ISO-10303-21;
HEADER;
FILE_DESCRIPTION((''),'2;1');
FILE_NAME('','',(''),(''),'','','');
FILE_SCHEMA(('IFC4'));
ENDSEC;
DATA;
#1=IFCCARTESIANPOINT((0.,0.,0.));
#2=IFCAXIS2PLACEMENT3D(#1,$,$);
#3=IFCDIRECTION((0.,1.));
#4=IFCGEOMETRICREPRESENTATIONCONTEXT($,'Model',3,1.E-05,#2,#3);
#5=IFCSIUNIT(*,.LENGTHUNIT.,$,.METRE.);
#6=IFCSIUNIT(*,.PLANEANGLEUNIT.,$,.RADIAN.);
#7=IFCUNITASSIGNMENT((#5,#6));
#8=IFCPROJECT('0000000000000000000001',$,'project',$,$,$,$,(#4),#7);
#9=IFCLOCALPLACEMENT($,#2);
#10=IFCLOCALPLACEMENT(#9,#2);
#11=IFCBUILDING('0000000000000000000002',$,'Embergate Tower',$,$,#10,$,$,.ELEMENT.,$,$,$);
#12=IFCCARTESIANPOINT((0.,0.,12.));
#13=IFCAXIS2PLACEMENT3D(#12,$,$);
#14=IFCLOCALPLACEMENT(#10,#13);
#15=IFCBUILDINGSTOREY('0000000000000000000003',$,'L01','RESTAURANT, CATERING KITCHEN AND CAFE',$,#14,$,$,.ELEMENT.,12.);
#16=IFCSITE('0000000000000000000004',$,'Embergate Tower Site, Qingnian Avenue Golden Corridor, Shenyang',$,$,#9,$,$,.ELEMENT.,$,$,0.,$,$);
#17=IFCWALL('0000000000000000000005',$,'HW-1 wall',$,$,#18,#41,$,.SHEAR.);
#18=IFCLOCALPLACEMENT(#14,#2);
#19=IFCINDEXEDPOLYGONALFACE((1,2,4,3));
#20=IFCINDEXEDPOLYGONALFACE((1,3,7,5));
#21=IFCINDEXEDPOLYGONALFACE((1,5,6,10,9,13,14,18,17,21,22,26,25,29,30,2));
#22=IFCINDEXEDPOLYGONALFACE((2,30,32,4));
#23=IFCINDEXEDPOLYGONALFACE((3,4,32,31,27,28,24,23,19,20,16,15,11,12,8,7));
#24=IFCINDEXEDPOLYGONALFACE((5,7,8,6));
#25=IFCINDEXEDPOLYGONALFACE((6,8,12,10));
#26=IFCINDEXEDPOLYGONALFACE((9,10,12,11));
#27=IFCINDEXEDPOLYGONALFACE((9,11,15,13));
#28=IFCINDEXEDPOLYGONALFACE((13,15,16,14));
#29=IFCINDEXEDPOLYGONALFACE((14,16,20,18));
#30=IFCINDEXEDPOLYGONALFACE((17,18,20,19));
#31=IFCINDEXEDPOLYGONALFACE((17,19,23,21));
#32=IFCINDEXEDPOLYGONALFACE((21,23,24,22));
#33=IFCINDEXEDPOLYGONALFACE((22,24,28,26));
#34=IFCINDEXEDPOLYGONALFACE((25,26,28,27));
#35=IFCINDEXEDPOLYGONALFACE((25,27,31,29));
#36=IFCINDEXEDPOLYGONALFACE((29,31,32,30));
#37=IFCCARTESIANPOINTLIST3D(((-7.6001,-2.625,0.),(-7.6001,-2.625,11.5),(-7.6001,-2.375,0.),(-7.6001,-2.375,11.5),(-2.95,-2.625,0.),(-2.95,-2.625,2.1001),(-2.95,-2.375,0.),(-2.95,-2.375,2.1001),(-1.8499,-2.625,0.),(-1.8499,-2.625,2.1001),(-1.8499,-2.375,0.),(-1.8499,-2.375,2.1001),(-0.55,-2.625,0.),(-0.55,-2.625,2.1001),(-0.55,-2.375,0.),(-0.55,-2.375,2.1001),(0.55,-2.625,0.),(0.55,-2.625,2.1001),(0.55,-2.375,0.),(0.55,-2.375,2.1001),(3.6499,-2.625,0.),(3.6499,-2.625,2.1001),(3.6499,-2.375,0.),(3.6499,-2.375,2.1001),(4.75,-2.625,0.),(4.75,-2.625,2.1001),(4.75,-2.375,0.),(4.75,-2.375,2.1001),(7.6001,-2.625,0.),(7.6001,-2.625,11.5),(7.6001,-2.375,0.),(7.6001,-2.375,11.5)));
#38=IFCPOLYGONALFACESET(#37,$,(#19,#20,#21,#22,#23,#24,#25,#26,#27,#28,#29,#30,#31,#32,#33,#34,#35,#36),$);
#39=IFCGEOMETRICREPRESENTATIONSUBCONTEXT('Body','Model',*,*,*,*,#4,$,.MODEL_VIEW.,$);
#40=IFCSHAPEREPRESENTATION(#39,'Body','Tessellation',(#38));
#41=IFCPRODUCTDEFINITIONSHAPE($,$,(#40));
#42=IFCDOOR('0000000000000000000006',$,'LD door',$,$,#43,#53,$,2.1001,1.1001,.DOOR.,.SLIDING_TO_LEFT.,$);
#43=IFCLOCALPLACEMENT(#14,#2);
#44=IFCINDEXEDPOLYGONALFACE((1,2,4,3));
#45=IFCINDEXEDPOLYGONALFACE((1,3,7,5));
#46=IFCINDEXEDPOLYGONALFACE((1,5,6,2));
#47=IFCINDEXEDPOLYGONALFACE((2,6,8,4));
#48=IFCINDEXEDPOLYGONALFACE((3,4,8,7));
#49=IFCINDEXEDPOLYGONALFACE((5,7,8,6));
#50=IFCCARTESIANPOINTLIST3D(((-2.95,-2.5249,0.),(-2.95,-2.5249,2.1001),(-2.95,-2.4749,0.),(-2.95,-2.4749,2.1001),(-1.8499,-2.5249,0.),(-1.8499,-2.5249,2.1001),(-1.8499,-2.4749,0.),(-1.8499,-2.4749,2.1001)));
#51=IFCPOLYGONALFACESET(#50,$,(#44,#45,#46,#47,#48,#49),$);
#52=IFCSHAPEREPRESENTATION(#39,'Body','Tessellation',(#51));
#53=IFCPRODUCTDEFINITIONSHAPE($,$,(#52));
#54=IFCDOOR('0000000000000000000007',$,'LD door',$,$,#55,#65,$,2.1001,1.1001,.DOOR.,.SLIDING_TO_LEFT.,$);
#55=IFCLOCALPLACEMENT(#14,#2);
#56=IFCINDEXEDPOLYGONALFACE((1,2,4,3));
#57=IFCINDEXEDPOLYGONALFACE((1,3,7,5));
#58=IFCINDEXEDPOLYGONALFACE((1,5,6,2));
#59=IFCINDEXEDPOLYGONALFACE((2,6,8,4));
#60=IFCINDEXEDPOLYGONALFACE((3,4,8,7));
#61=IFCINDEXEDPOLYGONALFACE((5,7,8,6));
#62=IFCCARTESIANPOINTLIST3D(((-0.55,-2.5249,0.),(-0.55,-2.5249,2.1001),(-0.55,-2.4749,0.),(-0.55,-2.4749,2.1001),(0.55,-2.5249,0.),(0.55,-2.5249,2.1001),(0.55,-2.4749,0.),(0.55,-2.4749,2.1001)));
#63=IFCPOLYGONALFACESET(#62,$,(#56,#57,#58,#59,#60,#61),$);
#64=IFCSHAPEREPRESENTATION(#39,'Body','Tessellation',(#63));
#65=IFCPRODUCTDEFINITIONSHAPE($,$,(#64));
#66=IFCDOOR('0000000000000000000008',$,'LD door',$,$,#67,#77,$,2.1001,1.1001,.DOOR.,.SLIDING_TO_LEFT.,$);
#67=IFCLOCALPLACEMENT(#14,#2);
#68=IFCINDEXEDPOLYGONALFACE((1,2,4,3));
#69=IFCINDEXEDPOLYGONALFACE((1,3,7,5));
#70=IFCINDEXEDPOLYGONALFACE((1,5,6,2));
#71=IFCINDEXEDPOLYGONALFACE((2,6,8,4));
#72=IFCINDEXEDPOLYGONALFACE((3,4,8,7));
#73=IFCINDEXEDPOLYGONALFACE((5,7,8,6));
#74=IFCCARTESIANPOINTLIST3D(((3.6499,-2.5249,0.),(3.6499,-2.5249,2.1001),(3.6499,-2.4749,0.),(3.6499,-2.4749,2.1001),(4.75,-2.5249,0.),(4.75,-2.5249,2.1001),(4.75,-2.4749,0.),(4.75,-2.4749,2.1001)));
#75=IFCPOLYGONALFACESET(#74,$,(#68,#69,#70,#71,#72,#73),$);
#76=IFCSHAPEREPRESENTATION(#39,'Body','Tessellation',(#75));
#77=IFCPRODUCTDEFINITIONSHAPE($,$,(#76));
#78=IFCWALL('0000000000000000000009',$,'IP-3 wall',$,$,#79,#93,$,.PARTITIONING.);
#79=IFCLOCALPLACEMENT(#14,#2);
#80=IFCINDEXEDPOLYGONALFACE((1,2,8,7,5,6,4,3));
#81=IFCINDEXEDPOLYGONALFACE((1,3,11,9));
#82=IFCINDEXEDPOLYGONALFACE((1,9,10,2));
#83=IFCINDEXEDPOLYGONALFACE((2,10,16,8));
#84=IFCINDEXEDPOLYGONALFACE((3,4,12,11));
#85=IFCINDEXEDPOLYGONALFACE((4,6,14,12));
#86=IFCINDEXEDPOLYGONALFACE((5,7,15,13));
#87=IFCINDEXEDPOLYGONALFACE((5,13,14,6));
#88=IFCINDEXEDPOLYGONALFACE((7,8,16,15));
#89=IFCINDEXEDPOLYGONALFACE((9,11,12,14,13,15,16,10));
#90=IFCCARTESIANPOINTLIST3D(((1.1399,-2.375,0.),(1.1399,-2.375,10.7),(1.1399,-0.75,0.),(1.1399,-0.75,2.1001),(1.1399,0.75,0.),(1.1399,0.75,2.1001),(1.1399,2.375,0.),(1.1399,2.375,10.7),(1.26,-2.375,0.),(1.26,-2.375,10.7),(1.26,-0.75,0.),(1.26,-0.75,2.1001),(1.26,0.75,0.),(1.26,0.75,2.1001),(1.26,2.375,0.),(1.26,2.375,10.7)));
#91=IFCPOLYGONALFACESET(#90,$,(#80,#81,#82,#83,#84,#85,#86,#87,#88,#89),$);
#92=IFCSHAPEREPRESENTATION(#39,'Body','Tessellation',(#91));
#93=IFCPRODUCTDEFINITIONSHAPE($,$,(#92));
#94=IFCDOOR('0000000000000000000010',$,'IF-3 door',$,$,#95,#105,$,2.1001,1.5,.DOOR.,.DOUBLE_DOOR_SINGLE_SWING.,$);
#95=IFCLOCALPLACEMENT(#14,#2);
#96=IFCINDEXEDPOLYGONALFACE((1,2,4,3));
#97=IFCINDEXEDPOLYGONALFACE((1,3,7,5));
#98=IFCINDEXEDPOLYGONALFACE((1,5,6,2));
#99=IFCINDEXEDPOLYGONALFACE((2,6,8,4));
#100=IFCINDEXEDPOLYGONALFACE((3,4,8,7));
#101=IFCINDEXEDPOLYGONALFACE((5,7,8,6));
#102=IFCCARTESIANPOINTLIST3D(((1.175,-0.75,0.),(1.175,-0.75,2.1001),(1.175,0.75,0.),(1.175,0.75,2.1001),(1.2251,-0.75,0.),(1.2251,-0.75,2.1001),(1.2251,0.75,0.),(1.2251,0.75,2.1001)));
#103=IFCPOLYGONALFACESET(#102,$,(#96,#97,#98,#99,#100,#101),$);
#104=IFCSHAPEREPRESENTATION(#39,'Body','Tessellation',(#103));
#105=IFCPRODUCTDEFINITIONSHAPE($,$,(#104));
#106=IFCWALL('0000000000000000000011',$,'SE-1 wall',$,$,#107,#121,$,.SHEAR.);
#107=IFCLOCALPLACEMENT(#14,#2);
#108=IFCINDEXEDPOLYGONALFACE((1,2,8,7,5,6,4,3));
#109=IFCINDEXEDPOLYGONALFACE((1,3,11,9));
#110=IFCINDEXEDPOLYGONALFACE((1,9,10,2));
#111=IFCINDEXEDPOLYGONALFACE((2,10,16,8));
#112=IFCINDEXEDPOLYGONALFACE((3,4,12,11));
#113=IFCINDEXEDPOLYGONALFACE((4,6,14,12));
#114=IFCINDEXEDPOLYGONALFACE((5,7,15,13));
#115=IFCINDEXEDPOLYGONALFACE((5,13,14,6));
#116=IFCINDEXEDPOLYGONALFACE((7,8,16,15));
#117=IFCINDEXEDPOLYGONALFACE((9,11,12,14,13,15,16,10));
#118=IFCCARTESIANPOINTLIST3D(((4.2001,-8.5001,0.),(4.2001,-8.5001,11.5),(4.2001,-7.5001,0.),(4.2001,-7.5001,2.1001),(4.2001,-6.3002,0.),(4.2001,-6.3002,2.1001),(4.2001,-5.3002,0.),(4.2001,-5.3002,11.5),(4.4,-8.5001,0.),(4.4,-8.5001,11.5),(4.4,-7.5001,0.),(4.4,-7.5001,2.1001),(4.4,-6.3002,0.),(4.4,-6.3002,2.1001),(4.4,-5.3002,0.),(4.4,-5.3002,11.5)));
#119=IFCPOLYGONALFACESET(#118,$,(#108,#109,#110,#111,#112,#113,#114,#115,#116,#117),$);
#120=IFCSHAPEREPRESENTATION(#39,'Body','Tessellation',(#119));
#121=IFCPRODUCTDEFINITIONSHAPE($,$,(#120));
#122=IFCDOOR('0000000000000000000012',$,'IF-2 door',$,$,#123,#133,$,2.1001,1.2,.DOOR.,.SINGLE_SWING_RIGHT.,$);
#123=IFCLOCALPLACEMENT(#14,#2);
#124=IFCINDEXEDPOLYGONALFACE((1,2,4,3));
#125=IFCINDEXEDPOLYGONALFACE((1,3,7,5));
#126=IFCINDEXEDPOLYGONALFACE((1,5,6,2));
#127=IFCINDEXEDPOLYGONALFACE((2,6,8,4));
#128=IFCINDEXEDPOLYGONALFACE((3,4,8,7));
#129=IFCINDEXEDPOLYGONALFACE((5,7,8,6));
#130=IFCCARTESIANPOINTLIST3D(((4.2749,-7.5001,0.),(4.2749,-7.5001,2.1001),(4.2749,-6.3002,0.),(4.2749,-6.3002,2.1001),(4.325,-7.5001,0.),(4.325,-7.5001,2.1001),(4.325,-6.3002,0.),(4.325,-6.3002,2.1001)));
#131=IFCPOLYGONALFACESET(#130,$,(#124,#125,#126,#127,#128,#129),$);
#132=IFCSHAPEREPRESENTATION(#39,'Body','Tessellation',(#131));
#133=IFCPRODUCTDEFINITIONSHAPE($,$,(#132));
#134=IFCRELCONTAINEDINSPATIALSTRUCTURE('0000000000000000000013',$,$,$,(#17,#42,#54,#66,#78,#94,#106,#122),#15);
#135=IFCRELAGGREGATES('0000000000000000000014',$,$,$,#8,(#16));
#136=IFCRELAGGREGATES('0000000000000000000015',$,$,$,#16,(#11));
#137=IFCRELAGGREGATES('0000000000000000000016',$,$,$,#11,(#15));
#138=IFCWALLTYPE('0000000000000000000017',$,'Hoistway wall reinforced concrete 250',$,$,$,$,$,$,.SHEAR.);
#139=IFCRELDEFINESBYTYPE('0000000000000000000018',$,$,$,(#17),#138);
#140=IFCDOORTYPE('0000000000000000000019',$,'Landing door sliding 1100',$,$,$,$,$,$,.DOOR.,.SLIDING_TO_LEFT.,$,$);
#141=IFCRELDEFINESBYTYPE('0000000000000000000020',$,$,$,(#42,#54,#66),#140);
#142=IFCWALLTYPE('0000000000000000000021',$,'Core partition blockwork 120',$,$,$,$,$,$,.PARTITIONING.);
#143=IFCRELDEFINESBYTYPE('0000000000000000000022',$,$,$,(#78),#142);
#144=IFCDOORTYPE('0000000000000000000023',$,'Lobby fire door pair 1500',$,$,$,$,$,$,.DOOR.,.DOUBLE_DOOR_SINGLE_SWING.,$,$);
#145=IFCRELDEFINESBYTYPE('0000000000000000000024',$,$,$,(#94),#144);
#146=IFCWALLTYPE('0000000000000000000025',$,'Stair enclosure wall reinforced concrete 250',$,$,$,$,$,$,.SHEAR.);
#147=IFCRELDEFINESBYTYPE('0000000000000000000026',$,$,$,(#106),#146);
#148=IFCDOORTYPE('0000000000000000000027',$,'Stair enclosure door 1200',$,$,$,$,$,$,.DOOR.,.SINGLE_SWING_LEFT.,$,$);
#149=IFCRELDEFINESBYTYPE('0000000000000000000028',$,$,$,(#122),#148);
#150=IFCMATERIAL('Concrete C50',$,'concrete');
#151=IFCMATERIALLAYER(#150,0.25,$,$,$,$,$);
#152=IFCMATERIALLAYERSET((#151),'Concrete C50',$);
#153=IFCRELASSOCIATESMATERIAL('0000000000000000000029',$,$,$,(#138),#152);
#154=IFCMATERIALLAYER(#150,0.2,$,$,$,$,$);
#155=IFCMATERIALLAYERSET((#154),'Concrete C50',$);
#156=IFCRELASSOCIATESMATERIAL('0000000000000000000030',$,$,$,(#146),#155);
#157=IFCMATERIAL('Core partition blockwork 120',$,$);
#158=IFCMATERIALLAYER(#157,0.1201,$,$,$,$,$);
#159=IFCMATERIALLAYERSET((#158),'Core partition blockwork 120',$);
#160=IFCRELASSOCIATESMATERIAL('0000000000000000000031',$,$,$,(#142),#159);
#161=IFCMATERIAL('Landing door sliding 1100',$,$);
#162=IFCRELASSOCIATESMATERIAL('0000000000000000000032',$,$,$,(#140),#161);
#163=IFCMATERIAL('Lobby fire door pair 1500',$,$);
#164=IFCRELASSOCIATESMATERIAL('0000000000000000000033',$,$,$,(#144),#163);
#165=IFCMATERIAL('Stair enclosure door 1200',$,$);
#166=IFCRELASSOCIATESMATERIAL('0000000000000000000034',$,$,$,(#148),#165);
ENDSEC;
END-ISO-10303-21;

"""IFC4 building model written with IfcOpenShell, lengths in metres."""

from ifc_helpers import new_model, si_unit, direction, frame, frame_2d, origin, place, context, subcontext, project, spatial, rectangle, extrude, source, transform, mapped, material, layer, layer_set, type_object, element, fill, save


model = new_model("IFC4")

# Units and contexts
model_context = context("Model", 3, precision=1e-05, world=origin(), true_north=direction((0.0, 1.0)))
body_context = subcontext(model_context, "Body", "Model", "MODEL_VIEW")
ifc_project = project(units=[si_unit("LENGTHUNIT", "METRE"), si_unit("PLANEANGLEUNIT", "RADIAN")], contexts=[model_context])

# Site, building, storey
site_placement = place(None, origin())
site = spatial("IfcSite", under=ifc_project, at=site_placement, Name="Embergate Tower Site, Qingnian Avenue Golden Corridor, Shenyang", CompositionType="ELEMENT", RefElevation=0.0)
building_placement = place(site_placement, origin())
building = spatial("IfcBuilding", under=site, at=building_placement, Name="Embergate Tower", CompositionType="ELEMENT")
storey_placement = place(building_placement, frame((0.0, 0.0, 12.0)))
storey = spatial("IfcBuildingStorey", under=building, at=storey_placement, Name="L01", Description="RESTAURANT, CATERING KITCHEN AND CAFE", CompositionType="ELEMENT", Elevation=12.0)

# Shared definitions
ifc_material_1 = material(Name="Concrete C50", Category="concrete")
ifc_layer_1 = layer(ifc_material_1, 0.25)
ifc_layer_set_1 = layer_set([ifc_layer_1], Name="Concrete C50")
wall_type_1 = type_object("IfcWallType", Name="Hoistway wall reinforced concrete 250", PredefinedType="SHEAR", material=ifc_layer_set_1)
ifc_layer_2 = layer(ifc_material_1, 0.2)
ifc_layer_set_2 = layer_set([ifc_layer_2], Name="Concrete C50")
wall_type_2 = type_object("IfcWallType", Name="Stair enclosure wall reinforced concrete 250", PredefinedType="SHEAR", material=ifc_layer_set_2)

# Shared definitions
ifc_material_2 = material(Name="Core partition blockwork 120")
ifc_layer_3 = layer(ifc_material_2, 0.1201)
ifc_layer_set_3 = layer_set([ifc_layer_3], Name="Core partition blockwork 120")
wall_type_3 = type_object("IfcWallType", Name="Core partition blockwork 120", PredefinedType="PARTITIONING", material=ifc_layer_set_3)

# Wall, openings, doors
shared_shape_1 = source(origin(), body_context, "Body", "SweptSolid", [
    extrude(rectangle(XDim=15.2002, YDim=0.25, at=frame_2d((7.6001, 0.0))), origin(), (0.0, 0.0, 1.0), 11.5),
])
wall_1_placement = place(storey_placement, frame((7.6001, -2.5, 0.0), z_axis=(0.0, 0.0, 1.0), x_axis=(-1.0, 0.0, 0.0)))
wall_1 = element("IfcWall", 1, at=wall_1_placement, inside=storey, type_object=wall_type_1, Name="HW-1 wall", PredefinedType="SHEAR", context=body_context, shape_type="MappedRepresentation", body=[
    mapped(shared_shape_1, transform((0.0, 0.0, 0.0))),
])
shared_shape_2 = source(origin(), body_context, "Body", "SweptSolid", [
    extrude(rectangle(XDim=1.1001, YDim=2.1001, at=frame_2d((0.55, 1.05))), frame((0.0, 0.135, 0.0), z_axis=(0.0, -1.0, 0.0), x_axis=(1.0, 0.0, 0.0)), (0.0, 0.0, 1.0), 0.27),
])
opening_1_placement = place(wall_1_placement, frame((9.45, 0.0, 0.0)))
opening_1 = element("IfcOpeningElement", 2, at=opening_1_placement, cuts=wall_1, PredefinedType="OPENING", context=body_context, shape_type="MappedRepresentation", body=[
    mapped(shared_shape_2, transform((0.0, 0.0, 0.0))),
])
opening_2_placement = place(wall_1_placement, frame((7.05, 0.0, 0.0)))
opening_2 = element("IfcOpeningElement", 3, at=opening_2_placement, cuts=wall_1, PredefinedType="OPENING", context=body_context, shape_type="MappedRepresentation", body=[
    mapped(shared_shape_2, transform((0.0, 0.0, 0.0))),
])
opening_3_placement = place(wall_1_placement, frame((2.8501, 0.0, 0.0)))
opening_3 = element("IfcOpeningElement", 4, at=opening_3_placement, cuts=wall_1, PredefinedType="OPENING", context=body_context, shape_type="MappedRepresentation", body=[
    mapped(shared_shape_2, transform((0.0, 0.0, 0.0))),
])
ifc_material_3 = material(Name="Landing door sliding 1100")
door_type_1 = type_object("IfcDoorType", Name="Landing door sliding 1100", OperationType="SLIDING_TO_LEFT", PredefinedType="DOOR", material=ifc_material_3)
shared_shape_3 = source(origin(), body_context, "Body", "SweptSolid", [
    extrude(rectangle(XDim=1.1001, YDim=2.1001, at=frame_2d((0.55, 1.05))), frame((0.0, 0.0249, 0.0), z_axis=(0.0, -1.0, 0.0), x_axis=(1.0, 0.0, 0.0)), (0.0, 0.0, 1.0), 0.05),
])
door_1_placement = place(opening_1_placement, origin())
door_1 = element("IfcDoor", 5, at=door_1_placement, inside=storey, type_object=door_type_1, Name="LD door", OperationType="SLIDING_TO_LEFT", OverallHeight=2.1001, OverallWidth=1.1001, PredefinedType="DOOR", context=body_context, shape_type="MappedRepresentation", body=[
    mapped(shared_shape_3, transform((0.0, 0.0, 0.0))),
])
fill(opening_1, door_1)
door_2_placement = place(opening_2_placement, origin())
door_2 = element("IfcDoor", 6, at=door_2_placement, inside=storey, type_object=door_type_1, Name="LD door", OperationType="SLIDING_TO_LEFT", OverallHeight=2.1001, OverallWidth=1.1001, PredefinedType="DOOR", context=body_context, shape_type="MappedRepresentation", body=[
    mapped(shared_shape_3, transform((0.0, 0.0, 0.0))),
])
fill(opening_2, door_2)
door_3_placement = place(opening_3_placement, origin())
door_3 = element("IfcDoor", 7, at=door_3_placement, inside=storey, type_object=door_type_1, Name="LD door", OperationType="SLIDING_TO_LEFT", OverallHeight=2.1001, OverallWidth=1.1001, PredefinedType="DOOR", context=body_context, shape_type="MappedRepresentation", body=[
    mapped(shared_shape_3, transform((0.0, 0.0, 0.0))),
])
fill(opening_3, door_3)

# Walls, openings, doors
shared_shape_4 = source(origin(), body_context, "Body", "SweptSolid", [
    extrude(rectangle(XDim=4.75, YDim=0.1201, at=frame_2d((2.375, 0.0))), origin(), (0.0, 0.0, 1.0), 10.7),
])
wall_2_placement = place(storey_placement, frame((1.2, -2.375, 0.0), z_axis=(0.0, 0.0, 1.0), x_axis=(0.0, 1.0, 0.0)))
wall_2 = element("IfcWall", 8, at=wall_2_placement, inside=storey, type_object=wall_type_3, Name="IP-3 wall", PredefinedType="PARTITIONING", context=body_context, shape_type="MappedRepresentation", body=[
    mapped(shared_shape_4, transform((0.0, 0.0, 0.0))),
])
shared_shape_5 = source(origin(), body_context, "Body", "SweptSolid", [
    extrude(rectangle(XDim=1.5, YDim=2.1001, at=frame_2d((0.75, 1.05))), frame((0.0, 0.0701, 0.0), z_axis=(0.0, -1.0, 0.0), x_axis=(1.0, 0.0, 0.0)), (0.0, 0.0, 1.0), 0.1401),
])
opening_4_placement = place(wall_2_placement, frame((1.625, 0.0, 0.0)))
opening_4 = element("IfcOpeningElement", 9, at=opening_4_placement, cuts=wall_2, PredefinedType="OPENING", context=body_context, shape_type="MappedRepresentation", body=[
    mapped(shared_shape_5, transform((0.0, 0.0, 0.0))),
])
ifc_material_4 = material(Name="Lobby fire door pair 1500")
door_type_2 = type_object("IfcDoorType", Name="Lobby fire door pair 1500", OperationType="DOUBLE_DOOR_SINGLE_SWING", PredefinedType="DOOR", material=ifc_material_4)
shared_shape_6 = source(origin(), body_context, "Body", "SweptSolid", [
    extrude(rectangle(XDim=1.5, YDim=2.1001, at=frame_2d((0.75, 1.05))), frame((0.0, 0.0249, 0.0), z_axis=(0.0, -1.0, 0.0), x_axis=(1.0, 0.0, 0.0)), (0.0, 0.0, 1.0), 0.05),
])
door_4_placement = place(opening_4_placement, origin())
door_4 = element("IfcDoor", 10, at=door_4_placement, inside=storey, type_object=door_type_2, Name="IF-3 door", OperationType="DOUBLE_DOOR_SINGLE_SWING", OverallHeight=2.1001, OverallWidth=1.5, PredefinedType="DOOR", context=body_context, shape_type="MappedRepresentation", body=[
    mapped(shared_shape_6, transform((0.0, 0.0, 0.0))),
])
fill(opening_4, door_4)
shared_shape_7 = source(origin(), body_context, "Body", "SweptSolid", [
    extrude(rectangle(XDim=3.2, YDim=0.2, at=frame_2d((1.6001, 0.0))), origin(), (0.0, 0.0, 1.0), 11.5),
])
wall_3_placement = place(storey_placement, frame((4.3, -5.3, 0.0), z_axis=(0.0, 0.0, 1.0), x_axis=(0.0, -1.0, 0.0)))
wall_3 = element("IfcWall", 11, at=wall_3_placement, inside=storey, type_object=wall_type_2, Name="SE-1 wall", PredefinedType="SHEAR", context=body_context, shape_type="MappedRepresentation", body=[
    mapped(shared_shape_7, transform((0.0, 0.0, 0.0))),
])
shared_shape_8 = source(origin(), body_context, "Body", "SweptSolid", [
    extrude(rectangle(XDim=1.2, YDim=2.1001, at=frame_2d((0.6001, 1.05))), frame((0.0, 0.1099, 0.0), z_axis=(0.0, -1.0, 0.0), x_axis=(1.0, 0.0, 0.0)), (0.0, 0.0, 1.0), 0.22),
])
opening_5_placement = place(wall_3_placement, frame((1.0, 0.0, 0.0)))
opening_5 = element("IfcOpeningElement", 12, at=opening_5_placement, cuts=wall_3, PredefinedType="OPENING", context=body_context, shape_type="MappedRepresentation", body=[
    mapped(shared_shape_8, transform((0.0, 0.0, 0.0))),
])
ifc_material_5 = material(Name="Stair enclosure door 1200")
door_type_3 = type_object("IfcDoorType", Name="Stair enclosure door 1200", OperationType="SINGLE_SWING_LEFT", PredefinedType="DOOR", material=ifc_material_5)
shared_shape_9 = source(origin(), body_context, "Body", "SweptSolid", [
    extrude(rectangle(XDim=1.2, YDim=2.1001, at=frame_2d((0.6001, 1.05))), frame((0.0, 0.0249, 0.0), z_axis=(0.0, -1.0, 0.0), x_axis=(1.0, 0.0, 0.0)), (0.0, 0.0, 1.0), 0.05),
])
door_5_placement = place(opening_5_placement, origin())
door_5 = element("IfcDoor", 13, at=door_5_placement, inside=storey, type_object=door_type_3, Name="IF-2 door", OperationType="SINGLE_SWING_RIGHT", OverallHeight=2.1001, OverallWidth=1.2, PredefinedType="DOOR", context=body_context, shape_type="MappedRepresentation", body=[
    mapped(shared_shape_9, transform((0.0, 0.0, 0.0))),
])
fill(opening_5, door_5)

save(model, "model.ifc")
